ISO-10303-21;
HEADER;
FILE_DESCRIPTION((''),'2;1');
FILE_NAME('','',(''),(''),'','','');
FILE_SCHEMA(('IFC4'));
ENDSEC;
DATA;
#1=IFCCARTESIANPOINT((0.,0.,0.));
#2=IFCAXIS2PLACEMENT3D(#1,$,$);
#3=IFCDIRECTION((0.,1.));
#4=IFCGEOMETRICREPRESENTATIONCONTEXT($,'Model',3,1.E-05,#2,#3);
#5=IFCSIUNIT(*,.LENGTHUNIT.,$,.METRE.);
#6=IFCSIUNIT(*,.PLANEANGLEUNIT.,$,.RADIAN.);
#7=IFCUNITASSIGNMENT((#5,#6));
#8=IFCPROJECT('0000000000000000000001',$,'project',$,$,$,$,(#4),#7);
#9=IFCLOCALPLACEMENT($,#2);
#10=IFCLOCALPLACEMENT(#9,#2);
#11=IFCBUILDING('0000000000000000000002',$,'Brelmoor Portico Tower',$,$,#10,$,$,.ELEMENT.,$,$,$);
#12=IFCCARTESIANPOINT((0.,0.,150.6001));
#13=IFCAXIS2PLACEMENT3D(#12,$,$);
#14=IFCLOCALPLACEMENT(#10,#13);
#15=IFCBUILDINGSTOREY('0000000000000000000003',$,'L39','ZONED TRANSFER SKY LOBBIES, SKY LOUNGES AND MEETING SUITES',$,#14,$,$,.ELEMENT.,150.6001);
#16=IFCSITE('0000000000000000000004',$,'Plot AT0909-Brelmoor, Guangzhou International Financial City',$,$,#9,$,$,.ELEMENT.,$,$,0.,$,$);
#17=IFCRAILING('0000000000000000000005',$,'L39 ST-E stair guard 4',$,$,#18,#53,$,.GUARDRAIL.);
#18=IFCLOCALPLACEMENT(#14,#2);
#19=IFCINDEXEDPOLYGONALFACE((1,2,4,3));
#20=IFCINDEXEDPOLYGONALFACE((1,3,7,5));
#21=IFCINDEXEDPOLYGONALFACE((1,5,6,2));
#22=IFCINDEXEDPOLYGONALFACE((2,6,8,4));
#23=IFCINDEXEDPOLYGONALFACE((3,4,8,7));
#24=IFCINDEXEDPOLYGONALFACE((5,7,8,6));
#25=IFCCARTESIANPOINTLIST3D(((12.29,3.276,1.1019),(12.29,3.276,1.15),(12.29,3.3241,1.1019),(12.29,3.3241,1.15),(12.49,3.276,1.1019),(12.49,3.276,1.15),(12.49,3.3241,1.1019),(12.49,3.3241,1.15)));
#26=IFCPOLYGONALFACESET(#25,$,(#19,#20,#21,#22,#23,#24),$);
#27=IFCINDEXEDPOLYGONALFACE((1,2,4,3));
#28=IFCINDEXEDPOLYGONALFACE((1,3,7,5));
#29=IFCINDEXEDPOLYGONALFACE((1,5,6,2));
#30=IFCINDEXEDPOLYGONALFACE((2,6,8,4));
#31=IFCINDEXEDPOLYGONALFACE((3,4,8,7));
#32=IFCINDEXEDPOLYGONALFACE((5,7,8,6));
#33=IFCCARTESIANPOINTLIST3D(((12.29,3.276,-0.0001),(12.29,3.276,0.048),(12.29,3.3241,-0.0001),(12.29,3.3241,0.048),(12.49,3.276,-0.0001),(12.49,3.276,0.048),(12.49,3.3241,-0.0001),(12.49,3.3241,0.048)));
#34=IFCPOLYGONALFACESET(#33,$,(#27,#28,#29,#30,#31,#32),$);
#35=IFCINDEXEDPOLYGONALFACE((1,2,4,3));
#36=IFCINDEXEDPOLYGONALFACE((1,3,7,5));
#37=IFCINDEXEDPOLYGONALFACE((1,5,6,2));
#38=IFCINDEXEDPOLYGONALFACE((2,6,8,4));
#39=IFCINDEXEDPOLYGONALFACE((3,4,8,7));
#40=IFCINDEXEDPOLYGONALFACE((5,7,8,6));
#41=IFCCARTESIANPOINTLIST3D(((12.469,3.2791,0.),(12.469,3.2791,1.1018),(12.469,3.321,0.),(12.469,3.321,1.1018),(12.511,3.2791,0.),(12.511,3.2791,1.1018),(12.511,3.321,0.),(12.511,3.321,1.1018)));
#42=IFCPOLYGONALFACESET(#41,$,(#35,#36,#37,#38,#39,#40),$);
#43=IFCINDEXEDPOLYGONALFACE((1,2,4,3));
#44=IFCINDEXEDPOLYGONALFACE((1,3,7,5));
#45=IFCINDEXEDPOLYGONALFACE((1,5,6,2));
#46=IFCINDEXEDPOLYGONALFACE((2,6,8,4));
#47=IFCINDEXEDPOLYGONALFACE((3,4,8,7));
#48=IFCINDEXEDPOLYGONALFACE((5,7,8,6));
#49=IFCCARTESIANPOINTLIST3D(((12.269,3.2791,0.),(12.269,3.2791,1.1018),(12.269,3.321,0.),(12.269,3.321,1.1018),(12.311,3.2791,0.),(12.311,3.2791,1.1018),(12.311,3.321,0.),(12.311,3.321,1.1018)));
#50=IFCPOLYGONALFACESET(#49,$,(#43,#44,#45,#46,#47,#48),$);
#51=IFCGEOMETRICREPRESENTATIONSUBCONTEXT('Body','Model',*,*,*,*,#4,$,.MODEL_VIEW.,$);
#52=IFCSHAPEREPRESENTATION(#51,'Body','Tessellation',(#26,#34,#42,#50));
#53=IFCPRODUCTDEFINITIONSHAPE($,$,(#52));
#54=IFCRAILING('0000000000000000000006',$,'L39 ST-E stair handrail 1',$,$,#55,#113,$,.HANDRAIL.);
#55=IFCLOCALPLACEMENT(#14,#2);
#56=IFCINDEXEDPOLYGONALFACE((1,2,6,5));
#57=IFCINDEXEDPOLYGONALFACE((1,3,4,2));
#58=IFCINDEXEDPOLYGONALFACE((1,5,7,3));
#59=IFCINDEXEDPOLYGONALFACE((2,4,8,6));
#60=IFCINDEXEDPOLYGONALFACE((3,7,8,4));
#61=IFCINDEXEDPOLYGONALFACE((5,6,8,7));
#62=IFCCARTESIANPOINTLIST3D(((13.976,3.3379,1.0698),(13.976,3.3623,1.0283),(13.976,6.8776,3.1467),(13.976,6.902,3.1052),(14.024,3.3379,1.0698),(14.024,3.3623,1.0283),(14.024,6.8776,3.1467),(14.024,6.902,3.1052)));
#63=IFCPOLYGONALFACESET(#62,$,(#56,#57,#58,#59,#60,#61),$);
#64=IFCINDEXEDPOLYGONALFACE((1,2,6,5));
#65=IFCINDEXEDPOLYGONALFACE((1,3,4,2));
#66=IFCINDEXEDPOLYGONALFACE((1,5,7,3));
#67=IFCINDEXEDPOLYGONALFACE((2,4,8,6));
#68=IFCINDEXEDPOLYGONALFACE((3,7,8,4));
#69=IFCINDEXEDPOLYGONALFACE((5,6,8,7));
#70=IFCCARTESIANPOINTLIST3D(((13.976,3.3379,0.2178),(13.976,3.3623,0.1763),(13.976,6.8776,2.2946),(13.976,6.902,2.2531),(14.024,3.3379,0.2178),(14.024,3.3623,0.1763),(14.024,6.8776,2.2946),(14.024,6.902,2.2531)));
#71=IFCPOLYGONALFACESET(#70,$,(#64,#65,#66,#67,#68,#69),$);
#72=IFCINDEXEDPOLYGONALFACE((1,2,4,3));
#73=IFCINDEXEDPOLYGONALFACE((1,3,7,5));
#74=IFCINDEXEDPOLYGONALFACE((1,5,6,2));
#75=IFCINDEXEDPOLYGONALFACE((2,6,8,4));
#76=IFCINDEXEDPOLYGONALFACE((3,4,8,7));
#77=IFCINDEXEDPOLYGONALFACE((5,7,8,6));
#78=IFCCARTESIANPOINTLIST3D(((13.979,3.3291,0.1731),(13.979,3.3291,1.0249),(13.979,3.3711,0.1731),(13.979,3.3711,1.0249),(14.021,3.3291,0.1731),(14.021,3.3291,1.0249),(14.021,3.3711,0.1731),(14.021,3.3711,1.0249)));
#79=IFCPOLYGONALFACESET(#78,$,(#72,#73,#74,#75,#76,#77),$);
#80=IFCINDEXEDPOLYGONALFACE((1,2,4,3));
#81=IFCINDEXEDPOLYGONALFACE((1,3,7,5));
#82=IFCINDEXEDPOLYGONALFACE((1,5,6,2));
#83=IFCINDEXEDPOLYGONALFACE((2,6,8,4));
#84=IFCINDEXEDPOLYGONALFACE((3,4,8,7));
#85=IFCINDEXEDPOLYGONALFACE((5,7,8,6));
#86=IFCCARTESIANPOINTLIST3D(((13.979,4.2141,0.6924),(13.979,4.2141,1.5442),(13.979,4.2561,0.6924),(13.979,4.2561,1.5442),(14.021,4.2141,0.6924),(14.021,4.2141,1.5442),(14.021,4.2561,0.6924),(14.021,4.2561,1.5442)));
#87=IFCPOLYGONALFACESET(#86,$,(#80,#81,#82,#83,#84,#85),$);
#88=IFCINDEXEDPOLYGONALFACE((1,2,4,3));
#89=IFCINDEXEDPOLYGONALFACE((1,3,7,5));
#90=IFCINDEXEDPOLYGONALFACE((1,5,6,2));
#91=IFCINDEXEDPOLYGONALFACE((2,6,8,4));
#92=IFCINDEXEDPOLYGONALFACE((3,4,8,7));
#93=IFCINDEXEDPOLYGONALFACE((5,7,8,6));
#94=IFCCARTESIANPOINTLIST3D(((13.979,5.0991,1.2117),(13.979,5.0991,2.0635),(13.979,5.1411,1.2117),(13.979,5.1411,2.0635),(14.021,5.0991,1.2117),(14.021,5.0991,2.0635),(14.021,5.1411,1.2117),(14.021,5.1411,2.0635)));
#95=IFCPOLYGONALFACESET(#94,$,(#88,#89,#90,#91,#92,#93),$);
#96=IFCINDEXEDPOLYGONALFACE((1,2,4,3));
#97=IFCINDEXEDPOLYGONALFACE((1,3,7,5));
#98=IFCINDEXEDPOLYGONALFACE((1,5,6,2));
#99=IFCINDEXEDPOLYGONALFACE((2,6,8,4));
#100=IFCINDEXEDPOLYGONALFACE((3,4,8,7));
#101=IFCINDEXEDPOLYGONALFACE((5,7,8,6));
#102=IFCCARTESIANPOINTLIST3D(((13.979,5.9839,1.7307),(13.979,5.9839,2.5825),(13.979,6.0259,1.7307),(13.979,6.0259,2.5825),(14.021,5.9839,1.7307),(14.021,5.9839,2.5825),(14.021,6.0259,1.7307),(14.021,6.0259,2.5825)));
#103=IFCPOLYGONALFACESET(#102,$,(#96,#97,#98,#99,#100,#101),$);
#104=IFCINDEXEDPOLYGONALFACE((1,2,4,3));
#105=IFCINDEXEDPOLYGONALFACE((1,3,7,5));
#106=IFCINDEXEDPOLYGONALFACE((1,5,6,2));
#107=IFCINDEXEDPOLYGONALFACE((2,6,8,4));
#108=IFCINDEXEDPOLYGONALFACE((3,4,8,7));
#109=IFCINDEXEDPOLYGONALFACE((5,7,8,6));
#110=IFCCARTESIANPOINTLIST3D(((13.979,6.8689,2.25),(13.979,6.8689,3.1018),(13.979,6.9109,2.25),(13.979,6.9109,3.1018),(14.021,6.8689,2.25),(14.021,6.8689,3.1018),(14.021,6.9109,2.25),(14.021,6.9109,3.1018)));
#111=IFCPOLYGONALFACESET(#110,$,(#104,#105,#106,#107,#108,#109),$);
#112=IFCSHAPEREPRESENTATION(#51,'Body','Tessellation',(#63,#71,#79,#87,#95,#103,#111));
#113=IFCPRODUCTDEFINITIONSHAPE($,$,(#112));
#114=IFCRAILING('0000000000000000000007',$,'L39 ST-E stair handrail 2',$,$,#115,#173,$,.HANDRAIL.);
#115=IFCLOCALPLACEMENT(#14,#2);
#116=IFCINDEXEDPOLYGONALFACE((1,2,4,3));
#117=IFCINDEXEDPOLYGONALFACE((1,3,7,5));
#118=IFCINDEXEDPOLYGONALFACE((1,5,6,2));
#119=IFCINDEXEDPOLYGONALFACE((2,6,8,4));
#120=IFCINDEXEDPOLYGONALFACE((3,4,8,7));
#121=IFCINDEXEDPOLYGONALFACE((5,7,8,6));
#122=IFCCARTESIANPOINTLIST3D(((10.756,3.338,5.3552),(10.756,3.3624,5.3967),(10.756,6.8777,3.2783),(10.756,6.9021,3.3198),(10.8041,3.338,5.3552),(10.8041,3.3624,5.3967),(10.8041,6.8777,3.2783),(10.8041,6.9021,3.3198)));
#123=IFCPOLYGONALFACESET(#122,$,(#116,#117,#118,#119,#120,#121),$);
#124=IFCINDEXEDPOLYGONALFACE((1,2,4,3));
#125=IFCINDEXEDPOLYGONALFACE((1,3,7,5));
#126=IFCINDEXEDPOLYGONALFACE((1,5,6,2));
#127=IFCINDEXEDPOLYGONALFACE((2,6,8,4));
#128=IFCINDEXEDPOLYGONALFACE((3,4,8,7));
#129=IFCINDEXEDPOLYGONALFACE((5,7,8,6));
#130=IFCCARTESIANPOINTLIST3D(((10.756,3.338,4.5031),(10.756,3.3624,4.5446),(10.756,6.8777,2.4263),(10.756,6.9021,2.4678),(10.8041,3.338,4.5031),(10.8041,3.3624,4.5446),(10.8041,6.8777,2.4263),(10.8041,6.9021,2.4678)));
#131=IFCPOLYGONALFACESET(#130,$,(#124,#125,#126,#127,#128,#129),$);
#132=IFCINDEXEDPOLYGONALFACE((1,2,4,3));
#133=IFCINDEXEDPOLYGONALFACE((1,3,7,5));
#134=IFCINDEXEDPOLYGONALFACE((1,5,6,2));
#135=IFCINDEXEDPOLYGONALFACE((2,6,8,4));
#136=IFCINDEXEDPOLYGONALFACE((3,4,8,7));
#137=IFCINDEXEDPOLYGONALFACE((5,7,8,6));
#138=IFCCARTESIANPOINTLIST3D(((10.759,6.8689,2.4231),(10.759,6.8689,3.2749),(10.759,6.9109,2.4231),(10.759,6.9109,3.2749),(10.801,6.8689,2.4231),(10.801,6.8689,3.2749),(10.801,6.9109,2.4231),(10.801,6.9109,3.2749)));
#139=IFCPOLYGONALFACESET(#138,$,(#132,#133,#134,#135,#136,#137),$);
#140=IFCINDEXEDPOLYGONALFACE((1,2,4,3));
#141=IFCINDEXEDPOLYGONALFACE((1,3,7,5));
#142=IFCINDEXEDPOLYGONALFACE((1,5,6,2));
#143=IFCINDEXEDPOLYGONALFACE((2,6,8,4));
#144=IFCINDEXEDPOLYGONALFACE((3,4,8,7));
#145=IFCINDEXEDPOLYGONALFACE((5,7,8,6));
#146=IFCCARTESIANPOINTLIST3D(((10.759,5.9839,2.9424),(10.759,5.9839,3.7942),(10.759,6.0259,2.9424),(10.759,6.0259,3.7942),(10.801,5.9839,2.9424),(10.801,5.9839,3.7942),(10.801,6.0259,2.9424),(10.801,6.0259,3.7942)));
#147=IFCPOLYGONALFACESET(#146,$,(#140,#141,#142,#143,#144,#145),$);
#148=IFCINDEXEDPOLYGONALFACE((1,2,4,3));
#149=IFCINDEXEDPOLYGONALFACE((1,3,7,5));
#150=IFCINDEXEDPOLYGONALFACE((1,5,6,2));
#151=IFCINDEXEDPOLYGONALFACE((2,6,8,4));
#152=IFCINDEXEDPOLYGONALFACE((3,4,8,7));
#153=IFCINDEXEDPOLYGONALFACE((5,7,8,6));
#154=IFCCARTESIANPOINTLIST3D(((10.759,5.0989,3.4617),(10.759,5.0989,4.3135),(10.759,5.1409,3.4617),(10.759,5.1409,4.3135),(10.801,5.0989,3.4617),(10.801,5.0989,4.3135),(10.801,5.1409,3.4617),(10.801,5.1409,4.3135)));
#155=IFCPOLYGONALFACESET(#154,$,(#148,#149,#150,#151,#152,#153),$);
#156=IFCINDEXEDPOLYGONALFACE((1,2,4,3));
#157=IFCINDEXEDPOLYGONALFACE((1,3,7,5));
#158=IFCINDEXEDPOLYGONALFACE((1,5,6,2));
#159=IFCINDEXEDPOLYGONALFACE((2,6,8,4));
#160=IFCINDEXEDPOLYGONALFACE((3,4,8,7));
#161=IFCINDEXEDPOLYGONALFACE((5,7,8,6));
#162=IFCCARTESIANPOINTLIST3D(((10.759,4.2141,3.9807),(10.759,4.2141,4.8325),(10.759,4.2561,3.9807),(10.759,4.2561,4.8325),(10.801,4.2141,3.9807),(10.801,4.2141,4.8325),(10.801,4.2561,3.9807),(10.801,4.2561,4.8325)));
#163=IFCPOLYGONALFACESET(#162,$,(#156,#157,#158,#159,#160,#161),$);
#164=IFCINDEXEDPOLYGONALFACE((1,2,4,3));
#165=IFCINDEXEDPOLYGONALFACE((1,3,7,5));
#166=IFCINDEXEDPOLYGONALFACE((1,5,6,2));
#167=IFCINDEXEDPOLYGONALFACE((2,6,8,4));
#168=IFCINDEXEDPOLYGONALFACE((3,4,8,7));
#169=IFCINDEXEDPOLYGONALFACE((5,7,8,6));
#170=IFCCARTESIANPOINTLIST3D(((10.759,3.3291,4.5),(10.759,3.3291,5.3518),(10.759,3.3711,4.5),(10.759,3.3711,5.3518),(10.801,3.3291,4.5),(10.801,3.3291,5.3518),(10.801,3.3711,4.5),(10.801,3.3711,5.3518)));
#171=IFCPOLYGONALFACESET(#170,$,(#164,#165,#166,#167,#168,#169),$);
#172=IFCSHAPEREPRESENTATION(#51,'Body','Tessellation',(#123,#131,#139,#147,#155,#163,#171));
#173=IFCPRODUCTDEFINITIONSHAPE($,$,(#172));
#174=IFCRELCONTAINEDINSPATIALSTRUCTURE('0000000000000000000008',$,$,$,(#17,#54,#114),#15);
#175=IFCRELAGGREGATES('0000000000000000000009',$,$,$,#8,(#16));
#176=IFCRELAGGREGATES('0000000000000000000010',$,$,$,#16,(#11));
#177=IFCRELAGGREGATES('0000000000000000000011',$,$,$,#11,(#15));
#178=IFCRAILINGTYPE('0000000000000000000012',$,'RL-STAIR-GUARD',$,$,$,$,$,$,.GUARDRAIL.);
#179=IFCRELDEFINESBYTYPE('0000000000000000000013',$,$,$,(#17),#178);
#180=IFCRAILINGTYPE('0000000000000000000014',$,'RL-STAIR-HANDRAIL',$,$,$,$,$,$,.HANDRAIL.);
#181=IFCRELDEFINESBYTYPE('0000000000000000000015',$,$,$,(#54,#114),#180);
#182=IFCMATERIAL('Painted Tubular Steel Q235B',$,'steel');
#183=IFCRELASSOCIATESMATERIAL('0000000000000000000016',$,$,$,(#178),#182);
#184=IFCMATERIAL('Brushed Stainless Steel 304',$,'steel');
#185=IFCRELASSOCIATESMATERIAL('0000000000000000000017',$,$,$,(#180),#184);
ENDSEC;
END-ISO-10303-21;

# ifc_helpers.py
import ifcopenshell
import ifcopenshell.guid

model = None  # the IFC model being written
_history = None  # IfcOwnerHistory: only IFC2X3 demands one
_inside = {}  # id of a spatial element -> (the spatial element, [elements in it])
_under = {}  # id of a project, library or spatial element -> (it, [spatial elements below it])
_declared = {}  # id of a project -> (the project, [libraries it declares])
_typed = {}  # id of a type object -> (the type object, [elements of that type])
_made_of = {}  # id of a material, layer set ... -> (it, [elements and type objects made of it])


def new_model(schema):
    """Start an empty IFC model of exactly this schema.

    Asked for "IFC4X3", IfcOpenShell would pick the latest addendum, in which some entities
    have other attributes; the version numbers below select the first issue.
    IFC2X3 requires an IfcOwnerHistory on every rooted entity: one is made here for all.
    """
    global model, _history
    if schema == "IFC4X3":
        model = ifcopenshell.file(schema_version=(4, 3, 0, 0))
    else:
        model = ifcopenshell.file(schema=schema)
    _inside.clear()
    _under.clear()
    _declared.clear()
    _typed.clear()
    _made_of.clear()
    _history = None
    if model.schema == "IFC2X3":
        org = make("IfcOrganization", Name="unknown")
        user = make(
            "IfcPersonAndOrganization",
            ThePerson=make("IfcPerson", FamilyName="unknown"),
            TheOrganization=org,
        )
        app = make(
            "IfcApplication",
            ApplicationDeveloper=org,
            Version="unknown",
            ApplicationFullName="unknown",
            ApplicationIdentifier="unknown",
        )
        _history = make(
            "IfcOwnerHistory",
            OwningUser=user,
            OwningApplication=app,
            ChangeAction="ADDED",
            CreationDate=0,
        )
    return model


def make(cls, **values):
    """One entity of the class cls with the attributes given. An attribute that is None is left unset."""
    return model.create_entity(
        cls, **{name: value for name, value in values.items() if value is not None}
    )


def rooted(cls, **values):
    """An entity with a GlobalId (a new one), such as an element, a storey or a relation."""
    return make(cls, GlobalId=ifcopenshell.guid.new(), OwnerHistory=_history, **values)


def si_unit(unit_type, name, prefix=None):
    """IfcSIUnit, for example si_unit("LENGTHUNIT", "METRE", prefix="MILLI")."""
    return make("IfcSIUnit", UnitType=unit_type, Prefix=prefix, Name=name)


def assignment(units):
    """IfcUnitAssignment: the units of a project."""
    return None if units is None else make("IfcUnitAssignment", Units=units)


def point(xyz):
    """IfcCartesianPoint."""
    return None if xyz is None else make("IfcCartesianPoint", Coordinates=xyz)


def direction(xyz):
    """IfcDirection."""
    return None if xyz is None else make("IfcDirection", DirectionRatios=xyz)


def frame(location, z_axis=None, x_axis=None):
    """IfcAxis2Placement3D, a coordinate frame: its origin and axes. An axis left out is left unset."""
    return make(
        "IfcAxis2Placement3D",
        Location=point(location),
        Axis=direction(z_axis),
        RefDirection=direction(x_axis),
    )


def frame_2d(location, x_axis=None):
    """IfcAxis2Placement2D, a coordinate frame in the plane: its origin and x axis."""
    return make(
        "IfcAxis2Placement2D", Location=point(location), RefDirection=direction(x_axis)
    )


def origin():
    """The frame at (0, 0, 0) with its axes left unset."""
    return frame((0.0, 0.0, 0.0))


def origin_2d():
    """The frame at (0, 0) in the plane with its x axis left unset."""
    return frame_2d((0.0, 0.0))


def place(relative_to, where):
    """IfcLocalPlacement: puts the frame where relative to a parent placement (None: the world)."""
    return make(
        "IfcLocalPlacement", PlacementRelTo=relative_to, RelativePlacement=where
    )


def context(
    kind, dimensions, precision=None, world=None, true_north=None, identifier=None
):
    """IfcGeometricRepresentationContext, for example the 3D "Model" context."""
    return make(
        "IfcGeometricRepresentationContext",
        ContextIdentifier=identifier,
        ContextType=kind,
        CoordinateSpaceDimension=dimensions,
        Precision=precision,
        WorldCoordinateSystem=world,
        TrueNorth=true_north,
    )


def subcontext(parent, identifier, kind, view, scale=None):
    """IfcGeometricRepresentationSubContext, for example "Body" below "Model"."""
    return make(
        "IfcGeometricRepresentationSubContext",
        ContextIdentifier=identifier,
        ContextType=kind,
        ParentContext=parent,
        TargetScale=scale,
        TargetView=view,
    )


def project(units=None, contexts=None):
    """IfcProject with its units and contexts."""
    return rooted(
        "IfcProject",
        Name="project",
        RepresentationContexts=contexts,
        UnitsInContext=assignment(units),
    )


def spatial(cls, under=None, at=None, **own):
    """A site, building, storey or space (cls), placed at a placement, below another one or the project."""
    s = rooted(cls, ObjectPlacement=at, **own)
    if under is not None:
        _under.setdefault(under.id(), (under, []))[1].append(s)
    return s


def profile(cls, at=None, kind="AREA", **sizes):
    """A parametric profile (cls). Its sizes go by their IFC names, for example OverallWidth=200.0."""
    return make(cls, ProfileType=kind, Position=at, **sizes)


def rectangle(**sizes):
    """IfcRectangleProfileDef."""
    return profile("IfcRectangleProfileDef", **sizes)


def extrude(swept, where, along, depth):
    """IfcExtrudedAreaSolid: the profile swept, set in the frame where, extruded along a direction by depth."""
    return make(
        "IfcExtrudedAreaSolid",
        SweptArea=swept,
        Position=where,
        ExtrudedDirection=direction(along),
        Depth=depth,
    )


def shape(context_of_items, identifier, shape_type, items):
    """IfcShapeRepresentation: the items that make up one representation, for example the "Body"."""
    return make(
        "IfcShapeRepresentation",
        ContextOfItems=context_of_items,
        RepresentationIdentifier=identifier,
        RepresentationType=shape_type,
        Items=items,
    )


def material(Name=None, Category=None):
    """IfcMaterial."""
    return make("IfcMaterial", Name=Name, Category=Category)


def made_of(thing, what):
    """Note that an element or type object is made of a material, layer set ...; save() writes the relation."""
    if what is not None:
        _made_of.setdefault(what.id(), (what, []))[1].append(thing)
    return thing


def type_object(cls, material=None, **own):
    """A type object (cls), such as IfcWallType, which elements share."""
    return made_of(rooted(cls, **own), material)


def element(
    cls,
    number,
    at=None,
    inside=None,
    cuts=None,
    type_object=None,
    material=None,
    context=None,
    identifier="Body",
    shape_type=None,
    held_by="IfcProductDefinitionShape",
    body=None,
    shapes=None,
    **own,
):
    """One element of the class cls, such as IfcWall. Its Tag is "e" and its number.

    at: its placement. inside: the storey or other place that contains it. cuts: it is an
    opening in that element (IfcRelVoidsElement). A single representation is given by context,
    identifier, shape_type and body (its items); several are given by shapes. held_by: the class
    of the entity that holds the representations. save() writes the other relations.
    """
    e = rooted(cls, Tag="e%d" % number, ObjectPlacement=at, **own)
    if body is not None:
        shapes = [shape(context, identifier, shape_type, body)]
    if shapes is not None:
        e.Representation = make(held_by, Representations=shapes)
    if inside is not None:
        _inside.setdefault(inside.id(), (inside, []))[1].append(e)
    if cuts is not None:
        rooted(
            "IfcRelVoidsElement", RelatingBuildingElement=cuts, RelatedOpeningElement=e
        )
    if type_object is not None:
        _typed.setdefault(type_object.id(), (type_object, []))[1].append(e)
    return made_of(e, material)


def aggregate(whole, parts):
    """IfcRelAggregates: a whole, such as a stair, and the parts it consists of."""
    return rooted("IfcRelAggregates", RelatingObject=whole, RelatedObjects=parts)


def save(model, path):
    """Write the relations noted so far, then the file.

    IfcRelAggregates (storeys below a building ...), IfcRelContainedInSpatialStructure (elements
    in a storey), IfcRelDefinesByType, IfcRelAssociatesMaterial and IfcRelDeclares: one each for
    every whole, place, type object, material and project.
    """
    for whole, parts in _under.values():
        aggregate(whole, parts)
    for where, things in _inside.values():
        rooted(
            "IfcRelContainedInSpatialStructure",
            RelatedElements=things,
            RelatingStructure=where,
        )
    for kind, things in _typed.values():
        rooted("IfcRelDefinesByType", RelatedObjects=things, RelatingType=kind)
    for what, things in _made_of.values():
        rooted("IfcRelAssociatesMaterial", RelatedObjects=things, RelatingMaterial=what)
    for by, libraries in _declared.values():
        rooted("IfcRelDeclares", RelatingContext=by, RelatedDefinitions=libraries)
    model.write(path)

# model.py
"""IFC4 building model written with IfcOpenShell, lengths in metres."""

from ifc_helpers import new_model, si_unit, direction, frame, origin, origin_2d, place, context, subcontext, project, spatial, rectangle, extrude, material, type_object, element, save


model = new_model("IFC4")

# Units and contexts
model_context = context("Model", 3, precision=1e-05, world=origin(), true_north=direction((0.0, 1.0)))
body_context = subcontext(model_context, "Body", "Model", "MODEL_VIEW")
ifc_project = project(units=[si_unit("LENGTHUNIT", "METRE"), si_unit("PLANEANGLEUNIT", "RADIAN")], contexts=[model_context])

# Site, building, storey
site_placement = place(None, origin())
site = spatial("IfcSite", under=ifc_project, at=site_placement, Name="Plot AT0909-Brelmoor, Guangzhou International Financial City", CompositionType="ELEMENT", RefElevation=0.0)
building_placement = place(site_placement, origin())
building = spatial("IfcBuilding", under=site, at=building_placement, Name="Brelmoor Portico Tower", CompositionType="ELEMENT")
storey_placement = place(building_placement, frame((0.0, 0.0, 150.6001)))
storey = spatial("IfcBuildingStorey", under=building, at=storey_placement, Name="L39", Description="ZONED TRANSFER SKY LOBBIES, SKY LOUNGES AND MEETING SUITES", CompositionType="ELEMENT", Elevation=150.6001)

# Railings
ifc_material_1 = material(Name="Painted Tubular Steel Q235B", Category="steel")
railing_type_1 = type_object("IfcRailingType", Name="RL-STAIR-GUARD", PredefinedType="GUARDRAIL", material=ifc_material_1)
railing_1_placement = place(storey_placement, frame((12.49, 3.3, 0.0)))
element("IfcRailing", 1, at=railing_1_placement, inside=storey, type_object=railing_type_1, Name="L39 ST-E stair guard 4", PredefinedType="GUARDRAIL", context=body_context, shape_type="SweptSolid", body=[
    extrude(rectangle(XDim=0.0481, YDim=0.0481, at=origin_2d()), frame((0.0, 0.0, 1.126), z_axis=(-1.0, 0.0, 0.0), x_axis=(0.0, -1.0, 0.0)), (0.0, 0.0, 1.0), 0.2),
    extrude(rectangle(XDim=0.0481, YDim=0.0481, at=origin_2d()), frame((0.0, 0.0, 0.0239), z_axis=(-1.0, 0.0, 0.0), x_axis=(0.0, -1.0, 0.0)), (0.0, 0.0, 1.0), 0.2),
    extrude(rectangle(XDim=0.042, YDim=0.042, at=origin_2d()), origin(), (0.0, 0.0, 1.0), 1.1018),
    extrude(rectangle(XDim=0.042, YDim=0.042, at=origin_2d()), frame((-0.2, 0.0, 0.0)), (0.0, 0.0, 1.0), 1.1018),
])
ifc_material_2 = material(Name="Brushed Stainless Steel 304", Category="steel")
railing_type_2 = type_object("IfcRailingType", Name="RL-STAIR-HANDRAIL", PredefinedType="HANDRAIL", material=ifc_material_2)
railing_2_placement = place(storey_placement, frame((14.0, 3.3501, 0.1731)))
element("IfcRailing", 2, at=railing_2_placement, inside=storey, type_object=railing_type_2, Name="L39 ST-E stair handrail 1", PredefinedType="HANDRAIL", context=body_context, shape_type="SweptSolid", body=[
    extrude(rectangle(XDim=0.0481, YDim=0.0481, at=origin_2d()), frame((0.0, 0.0, 0.876), z_axis=(0.0, 0.862501, 0.506055), x_axis=(-1.0, 0.0, 0.0)), (0.0, 0.0, 1.0), 4.104),
    extrude(rectangle(XDim=0.0481, YDim=0.0481, at=origin_2d()), frame((0.0, 0.0, 0.0239), z_axis=(0.0, 0.862501, 0.506055), x_axis=(-1.0, 0.0, 0.0)), (0.0, 0.0, 1.0), 4.104),
    extrude(rectangle(XDim=0.042, YDim=0.042, at=origin_2d()), origin(), (0.0, 0.0, 1.0), 0.8518),
    extrude(rectangle(XDim=0.042, YDim=0.042, at=origin_2d()), frame((0.0, 0.885, 0.5193)), (0.0, 0.0, 1.0), 0.8518),
    extrude(rectangle(XDim=0.042, YDim=0.042, at=origin_2d()), frame((0.0, 1.77, 1.0386)), (0.0, 0.0, 1.0), 0.8518),
    extrude(rectangle(XDim=0.042, YDim=0.042, at=origin_2d()), frame((0.0, 2.6548, 1.5576)), (0.0, 0.0, 1.0), 0.8518),
    extrude(rectangle(XDim=0.042, YDim=0.042, at=origin_2d()), frame((0.0, 3.5398, 2.0769)), (0.0, 0.0, 1.0), 0.8518),
])
railing_3_placement = place(storey_placement, frame((10.78, 6.8899, 2.4231)))
element("IfcRailing", 3, at=railing_3_placement, inside=storey, type_object=railing_type_2, Name="L39 ST-E stair handrail 2", PredefinedType="HANDRAIL", context=body_context, shape_type="SweptSolid", body=[
    extrude(rectangle(XDim=0.0481, YDim=0.0481, at=origin_2d()), frame((0.0, 0.0, 0.876), z_axis=(0.0, -0.862501, 0.506055), x_axis=(1.0, 0.0, 0.0)), (0.0, 0.0, 1.0), 4.104),
    extrude(rectangle(XDim=0.0481, YDim=0.0481, at=origin_2d()), frame((0.0, 0.0, 0.0239), z_axis=(0.0, -0.862501, 0.506055), x_axis=(1.0, 0.0, 0.0)), (0.0, 0.0, 1.0), 4.104),
    extrude(rectangle(XDim=0.042, YDim=0.042, at=origin_2d()), origin(), (0.0, 0.0, 1.0), 0.8518),
    extrude(rectangle(XDim=0.042, YDim=0.042, at=origin_2d()), frame((0.0, -0.885, 0.5193)), (0.0, 0.0, 1.0), 0.8518),
    extrude(rectangle(XDim=0.042, YDim=0.042, at=origin_2d()), frame((0.0, -1.77, 1.0386)), (0.0, 0.0, 1.0), 0.8518),
    extrude(rectangle(XDim=0.042, YDim=0.042, at=origin_2d()), frame((0.0, -2.6548, 1.5576)), (0.0, 0.0, 1.0), 0.8518),
    extrude(rectangle(XDim=0.042, YDim=0.042, at=origin_2d()), frame((0.0, -3.5398, 2.0769)), (0.0, 0.0, 1.0), 0.8518),
])

save(model, "model.ifc")
